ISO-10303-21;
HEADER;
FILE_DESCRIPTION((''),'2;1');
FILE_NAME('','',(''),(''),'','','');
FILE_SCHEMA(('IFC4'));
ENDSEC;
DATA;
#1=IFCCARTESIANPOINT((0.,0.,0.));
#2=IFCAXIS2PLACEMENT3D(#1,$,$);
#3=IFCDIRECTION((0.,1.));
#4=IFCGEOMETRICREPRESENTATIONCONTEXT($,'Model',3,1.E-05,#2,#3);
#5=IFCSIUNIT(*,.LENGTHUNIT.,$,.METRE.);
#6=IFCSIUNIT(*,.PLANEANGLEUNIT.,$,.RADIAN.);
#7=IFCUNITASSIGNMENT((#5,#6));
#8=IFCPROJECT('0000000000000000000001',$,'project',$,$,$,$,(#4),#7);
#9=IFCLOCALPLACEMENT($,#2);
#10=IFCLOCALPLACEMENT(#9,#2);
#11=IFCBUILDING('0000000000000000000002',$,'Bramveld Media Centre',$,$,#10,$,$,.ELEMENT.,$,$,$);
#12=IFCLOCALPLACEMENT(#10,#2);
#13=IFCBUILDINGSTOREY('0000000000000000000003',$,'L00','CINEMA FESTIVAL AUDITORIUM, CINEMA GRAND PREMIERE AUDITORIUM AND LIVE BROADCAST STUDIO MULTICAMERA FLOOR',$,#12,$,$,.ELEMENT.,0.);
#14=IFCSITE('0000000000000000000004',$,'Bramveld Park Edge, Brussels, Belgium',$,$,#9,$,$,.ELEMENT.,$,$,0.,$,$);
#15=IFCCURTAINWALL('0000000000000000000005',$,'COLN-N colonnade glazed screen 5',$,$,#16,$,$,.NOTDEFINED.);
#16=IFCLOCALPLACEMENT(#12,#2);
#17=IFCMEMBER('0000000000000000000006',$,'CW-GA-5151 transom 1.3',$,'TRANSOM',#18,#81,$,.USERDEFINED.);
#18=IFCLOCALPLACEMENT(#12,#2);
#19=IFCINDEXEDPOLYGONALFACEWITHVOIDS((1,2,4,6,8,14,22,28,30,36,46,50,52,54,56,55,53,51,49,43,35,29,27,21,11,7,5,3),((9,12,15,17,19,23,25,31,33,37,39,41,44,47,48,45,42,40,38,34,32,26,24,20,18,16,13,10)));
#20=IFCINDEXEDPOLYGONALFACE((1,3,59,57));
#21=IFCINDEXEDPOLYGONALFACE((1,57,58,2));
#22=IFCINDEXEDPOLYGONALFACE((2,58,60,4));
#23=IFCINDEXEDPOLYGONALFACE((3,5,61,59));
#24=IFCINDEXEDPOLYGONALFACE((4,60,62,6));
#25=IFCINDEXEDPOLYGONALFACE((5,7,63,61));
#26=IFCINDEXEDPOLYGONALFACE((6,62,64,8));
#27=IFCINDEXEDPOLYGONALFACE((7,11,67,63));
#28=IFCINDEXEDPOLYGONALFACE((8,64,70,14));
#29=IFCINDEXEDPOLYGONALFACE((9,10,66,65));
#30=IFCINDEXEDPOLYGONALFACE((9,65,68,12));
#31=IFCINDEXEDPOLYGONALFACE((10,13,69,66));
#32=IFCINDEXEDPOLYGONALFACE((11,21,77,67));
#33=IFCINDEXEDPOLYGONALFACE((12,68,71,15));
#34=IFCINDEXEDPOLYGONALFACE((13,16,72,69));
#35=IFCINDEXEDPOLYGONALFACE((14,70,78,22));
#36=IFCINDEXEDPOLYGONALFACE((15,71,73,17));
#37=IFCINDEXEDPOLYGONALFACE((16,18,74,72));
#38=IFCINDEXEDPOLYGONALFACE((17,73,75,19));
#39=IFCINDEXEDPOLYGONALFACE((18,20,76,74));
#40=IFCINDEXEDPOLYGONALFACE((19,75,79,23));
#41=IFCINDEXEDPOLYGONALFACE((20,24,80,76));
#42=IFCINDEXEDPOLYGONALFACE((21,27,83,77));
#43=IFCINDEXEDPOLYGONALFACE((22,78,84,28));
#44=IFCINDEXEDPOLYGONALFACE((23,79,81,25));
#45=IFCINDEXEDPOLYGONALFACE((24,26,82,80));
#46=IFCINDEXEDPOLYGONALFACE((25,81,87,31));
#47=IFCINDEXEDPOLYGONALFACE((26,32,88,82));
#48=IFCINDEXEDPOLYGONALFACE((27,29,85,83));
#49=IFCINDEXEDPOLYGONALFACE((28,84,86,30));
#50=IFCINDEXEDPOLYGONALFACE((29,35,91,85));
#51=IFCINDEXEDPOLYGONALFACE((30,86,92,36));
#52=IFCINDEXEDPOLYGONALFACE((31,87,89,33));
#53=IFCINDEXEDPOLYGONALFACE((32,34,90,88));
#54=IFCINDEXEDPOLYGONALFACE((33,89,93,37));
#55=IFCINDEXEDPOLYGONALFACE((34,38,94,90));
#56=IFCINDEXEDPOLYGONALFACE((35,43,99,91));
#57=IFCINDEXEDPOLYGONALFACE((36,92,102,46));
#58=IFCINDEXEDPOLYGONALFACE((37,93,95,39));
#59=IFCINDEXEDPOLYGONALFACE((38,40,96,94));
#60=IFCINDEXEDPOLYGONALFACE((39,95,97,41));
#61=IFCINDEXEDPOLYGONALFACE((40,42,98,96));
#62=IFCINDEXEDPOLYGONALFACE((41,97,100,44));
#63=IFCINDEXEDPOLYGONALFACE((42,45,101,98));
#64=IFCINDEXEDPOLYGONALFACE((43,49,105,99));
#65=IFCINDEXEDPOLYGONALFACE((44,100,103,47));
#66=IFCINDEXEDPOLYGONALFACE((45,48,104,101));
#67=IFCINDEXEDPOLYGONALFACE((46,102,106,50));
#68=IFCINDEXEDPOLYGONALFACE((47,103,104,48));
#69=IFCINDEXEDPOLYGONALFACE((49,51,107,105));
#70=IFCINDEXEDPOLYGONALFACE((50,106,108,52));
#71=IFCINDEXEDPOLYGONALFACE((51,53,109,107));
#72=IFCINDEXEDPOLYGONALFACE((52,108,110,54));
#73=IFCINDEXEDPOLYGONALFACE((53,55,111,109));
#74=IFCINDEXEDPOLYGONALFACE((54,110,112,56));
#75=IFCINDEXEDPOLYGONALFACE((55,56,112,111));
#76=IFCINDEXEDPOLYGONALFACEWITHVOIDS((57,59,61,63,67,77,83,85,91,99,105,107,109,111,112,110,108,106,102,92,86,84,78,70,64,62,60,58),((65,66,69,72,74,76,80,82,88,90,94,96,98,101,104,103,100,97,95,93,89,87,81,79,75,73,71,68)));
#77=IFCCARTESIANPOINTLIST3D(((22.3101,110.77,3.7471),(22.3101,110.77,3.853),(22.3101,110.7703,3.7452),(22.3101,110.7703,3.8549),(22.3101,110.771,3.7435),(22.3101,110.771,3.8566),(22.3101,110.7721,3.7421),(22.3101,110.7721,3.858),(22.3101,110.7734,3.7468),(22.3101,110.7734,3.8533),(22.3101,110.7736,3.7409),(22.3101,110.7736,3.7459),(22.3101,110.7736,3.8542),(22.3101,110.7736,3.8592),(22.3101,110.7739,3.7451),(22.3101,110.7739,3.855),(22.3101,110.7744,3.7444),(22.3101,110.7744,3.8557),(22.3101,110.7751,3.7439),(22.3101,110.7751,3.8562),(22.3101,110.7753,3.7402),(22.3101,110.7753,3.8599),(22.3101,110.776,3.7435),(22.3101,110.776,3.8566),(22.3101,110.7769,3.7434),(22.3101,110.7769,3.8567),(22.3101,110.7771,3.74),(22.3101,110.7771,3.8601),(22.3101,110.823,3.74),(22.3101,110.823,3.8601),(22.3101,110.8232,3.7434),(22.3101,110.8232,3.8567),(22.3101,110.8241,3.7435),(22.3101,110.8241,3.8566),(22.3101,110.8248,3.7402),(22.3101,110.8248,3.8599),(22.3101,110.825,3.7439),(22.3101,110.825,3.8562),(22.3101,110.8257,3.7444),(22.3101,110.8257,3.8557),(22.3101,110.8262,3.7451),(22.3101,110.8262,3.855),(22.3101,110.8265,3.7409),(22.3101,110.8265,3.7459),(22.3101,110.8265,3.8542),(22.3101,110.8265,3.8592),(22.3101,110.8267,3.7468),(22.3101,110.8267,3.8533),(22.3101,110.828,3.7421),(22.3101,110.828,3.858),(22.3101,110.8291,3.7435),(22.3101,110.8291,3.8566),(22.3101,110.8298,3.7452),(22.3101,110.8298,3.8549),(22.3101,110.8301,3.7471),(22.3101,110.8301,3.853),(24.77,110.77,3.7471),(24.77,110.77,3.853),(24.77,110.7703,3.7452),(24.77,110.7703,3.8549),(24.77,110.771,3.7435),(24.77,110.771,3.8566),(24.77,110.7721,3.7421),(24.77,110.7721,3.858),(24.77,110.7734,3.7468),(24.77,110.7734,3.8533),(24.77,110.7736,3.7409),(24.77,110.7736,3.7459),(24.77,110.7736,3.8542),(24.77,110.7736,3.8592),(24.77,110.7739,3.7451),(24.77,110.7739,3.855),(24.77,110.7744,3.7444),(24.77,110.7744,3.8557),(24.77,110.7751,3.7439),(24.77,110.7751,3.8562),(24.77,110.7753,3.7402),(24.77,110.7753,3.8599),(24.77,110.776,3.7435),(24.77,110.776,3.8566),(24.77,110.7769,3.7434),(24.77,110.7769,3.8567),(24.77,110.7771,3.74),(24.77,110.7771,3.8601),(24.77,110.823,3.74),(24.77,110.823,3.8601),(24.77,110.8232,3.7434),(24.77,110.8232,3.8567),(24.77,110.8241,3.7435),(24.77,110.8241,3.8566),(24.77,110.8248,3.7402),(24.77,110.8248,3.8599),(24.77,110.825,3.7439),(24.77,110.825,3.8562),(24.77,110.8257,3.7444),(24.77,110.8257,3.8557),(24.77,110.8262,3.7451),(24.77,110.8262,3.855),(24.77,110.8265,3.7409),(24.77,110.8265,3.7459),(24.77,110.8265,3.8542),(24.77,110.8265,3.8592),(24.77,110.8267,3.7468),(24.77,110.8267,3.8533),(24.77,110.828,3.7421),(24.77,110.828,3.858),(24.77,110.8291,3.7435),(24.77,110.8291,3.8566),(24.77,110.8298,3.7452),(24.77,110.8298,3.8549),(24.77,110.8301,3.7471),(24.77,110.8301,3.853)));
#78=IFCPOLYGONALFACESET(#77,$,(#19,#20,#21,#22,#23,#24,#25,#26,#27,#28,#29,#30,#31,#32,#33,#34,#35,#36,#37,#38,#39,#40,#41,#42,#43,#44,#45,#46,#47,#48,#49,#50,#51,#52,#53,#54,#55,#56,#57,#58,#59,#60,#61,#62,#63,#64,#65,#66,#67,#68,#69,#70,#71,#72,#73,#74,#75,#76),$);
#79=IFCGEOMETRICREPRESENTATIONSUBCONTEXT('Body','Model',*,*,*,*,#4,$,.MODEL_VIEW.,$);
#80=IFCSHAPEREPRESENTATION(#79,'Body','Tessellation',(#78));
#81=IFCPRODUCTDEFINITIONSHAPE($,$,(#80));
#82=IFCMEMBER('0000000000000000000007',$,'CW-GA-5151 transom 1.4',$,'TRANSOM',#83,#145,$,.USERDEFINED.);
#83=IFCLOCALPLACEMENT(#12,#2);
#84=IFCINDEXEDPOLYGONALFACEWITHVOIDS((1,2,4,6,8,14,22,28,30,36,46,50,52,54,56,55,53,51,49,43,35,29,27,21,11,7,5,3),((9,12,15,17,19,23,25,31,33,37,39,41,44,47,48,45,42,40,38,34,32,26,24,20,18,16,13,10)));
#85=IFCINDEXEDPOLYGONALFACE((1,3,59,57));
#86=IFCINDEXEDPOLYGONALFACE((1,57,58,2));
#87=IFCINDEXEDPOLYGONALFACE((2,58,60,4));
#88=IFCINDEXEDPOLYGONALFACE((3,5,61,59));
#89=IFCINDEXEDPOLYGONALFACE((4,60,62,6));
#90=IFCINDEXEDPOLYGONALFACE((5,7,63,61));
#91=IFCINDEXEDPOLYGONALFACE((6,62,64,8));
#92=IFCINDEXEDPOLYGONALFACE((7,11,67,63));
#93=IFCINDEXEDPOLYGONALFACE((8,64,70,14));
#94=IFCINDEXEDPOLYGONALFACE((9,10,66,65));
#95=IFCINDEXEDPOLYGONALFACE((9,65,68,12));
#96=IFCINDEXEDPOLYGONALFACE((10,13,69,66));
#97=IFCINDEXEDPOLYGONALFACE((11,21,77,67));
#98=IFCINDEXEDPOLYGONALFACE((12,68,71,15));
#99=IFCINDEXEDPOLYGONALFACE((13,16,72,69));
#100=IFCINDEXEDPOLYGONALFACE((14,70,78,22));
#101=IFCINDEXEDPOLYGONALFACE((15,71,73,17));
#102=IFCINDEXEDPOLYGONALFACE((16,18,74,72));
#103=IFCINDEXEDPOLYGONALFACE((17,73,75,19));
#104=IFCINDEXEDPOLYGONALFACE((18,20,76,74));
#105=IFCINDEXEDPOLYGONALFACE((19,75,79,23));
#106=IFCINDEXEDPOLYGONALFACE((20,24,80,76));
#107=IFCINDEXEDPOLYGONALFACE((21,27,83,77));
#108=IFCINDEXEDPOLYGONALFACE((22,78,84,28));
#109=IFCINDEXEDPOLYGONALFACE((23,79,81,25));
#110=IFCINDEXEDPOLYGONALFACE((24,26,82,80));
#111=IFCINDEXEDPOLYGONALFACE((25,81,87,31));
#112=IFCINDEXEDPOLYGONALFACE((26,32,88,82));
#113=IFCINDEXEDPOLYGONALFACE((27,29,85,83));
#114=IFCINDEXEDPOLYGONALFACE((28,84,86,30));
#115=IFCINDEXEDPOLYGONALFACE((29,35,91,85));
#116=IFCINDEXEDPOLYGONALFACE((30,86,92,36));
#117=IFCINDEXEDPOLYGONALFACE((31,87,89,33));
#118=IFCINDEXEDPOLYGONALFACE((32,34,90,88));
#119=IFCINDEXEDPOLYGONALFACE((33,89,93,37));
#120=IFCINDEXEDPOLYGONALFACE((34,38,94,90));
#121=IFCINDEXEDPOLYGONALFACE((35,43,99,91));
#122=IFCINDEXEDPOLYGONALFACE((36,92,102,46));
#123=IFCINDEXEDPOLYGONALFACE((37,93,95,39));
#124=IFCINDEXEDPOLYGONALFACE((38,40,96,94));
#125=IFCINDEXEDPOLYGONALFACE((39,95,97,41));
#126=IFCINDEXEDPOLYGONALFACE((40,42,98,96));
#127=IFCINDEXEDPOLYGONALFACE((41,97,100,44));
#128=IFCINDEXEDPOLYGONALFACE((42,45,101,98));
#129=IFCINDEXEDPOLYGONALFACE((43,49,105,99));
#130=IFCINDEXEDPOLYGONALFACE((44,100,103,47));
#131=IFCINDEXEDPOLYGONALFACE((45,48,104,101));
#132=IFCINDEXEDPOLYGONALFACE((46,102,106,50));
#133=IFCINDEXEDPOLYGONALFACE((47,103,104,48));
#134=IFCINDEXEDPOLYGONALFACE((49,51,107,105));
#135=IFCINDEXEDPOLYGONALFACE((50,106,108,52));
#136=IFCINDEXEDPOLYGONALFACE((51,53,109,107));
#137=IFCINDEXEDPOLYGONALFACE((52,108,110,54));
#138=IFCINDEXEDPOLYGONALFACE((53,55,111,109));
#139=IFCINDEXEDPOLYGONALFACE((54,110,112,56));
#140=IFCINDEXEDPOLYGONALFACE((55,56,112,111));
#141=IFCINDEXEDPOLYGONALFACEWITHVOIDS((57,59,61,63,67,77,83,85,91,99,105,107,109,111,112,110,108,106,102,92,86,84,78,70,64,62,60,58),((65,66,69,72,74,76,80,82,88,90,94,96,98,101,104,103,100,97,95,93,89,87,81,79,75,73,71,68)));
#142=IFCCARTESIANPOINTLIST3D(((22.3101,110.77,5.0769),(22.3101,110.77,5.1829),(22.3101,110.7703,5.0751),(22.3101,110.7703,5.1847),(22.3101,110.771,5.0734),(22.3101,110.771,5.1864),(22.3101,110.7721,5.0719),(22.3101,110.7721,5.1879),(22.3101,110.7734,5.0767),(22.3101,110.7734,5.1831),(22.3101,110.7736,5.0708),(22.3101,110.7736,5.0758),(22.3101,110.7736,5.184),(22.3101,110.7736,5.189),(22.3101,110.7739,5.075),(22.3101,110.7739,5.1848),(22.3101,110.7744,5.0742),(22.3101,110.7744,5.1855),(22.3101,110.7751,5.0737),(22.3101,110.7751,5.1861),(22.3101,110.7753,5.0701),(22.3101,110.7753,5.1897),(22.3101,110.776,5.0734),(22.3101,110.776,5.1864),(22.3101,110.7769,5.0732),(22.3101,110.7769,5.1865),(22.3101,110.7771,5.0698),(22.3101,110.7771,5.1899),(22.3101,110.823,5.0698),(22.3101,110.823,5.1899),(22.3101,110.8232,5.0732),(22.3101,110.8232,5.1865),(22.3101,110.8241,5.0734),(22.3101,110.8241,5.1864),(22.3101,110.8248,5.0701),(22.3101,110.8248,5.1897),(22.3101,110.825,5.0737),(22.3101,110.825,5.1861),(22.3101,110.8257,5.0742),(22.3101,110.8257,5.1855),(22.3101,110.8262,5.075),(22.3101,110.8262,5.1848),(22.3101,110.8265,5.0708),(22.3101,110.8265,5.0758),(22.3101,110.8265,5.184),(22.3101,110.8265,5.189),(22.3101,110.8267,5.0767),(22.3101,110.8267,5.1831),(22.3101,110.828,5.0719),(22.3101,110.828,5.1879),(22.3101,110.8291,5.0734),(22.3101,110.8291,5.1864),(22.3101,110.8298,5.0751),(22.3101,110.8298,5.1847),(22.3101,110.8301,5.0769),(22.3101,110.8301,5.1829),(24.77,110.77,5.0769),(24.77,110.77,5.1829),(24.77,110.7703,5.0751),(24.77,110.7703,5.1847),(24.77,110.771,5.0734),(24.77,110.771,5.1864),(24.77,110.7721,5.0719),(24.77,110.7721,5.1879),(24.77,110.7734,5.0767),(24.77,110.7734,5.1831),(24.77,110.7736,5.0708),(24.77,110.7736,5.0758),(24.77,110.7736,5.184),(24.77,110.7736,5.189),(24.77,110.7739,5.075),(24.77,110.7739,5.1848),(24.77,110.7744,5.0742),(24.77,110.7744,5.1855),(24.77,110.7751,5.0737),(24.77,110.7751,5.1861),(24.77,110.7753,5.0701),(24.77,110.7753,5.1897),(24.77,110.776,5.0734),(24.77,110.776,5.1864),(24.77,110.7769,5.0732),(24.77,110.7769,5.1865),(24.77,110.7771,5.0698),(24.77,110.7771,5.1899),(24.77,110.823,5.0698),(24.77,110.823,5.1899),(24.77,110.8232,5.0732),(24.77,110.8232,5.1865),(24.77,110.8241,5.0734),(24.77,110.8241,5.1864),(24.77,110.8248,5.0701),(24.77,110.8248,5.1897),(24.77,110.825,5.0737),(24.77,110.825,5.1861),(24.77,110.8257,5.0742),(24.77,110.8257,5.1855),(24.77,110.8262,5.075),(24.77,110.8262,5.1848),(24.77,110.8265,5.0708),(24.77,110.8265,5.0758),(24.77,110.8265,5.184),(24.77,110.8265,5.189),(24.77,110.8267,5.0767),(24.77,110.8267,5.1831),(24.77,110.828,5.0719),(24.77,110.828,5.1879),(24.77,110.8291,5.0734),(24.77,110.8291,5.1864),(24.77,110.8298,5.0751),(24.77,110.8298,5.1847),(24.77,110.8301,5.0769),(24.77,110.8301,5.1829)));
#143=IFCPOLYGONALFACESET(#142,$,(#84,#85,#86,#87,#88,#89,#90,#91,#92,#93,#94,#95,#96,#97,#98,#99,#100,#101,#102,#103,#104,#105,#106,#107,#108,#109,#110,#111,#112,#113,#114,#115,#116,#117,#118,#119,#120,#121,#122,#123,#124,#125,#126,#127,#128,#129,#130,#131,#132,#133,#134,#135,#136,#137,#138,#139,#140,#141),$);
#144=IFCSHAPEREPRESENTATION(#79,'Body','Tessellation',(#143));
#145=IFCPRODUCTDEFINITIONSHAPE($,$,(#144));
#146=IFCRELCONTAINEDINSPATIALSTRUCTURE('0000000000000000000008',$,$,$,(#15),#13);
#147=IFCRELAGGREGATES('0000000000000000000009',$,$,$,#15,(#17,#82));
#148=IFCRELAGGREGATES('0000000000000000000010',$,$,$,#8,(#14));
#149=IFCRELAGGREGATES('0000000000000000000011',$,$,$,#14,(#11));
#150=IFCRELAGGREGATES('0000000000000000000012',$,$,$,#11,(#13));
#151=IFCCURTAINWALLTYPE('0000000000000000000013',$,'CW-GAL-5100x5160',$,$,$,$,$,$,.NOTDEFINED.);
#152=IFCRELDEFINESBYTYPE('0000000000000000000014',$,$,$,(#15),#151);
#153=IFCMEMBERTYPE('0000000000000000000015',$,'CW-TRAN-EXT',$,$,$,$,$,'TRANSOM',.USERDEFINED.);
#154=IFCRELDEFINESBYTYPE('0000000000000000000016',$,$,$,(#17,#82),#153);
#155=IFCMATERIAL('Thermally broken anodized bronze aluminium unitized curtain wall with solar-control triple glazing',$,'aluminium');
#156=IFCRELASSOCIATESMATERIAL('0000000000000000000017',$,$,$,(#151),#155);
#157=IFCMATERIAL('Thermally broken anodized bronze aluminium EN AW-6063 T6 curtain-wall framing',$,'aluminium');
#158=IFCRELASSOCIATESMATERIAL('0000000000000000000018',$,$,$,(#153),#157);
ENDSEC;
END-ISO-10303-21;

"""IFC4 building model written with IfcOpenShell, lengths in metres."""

from ifc_helpers import new_model, si_unit, direction, frame, origin, origin_2d, place, context, subcontext, project, spatial, hollow_rectangle, extrude, material, material_profile, profile_set, type_object, element, aggregate, save


model = new_model("IFC4")

# Units and contexts
model_context = context("Model", 3, precision=1e-05, world=origin(), true_north=direction((0.0, 1.0)))
body_context = subcontext(model_context, "Body", "Model", "MODEL_VIEW")
ifc_project = project(units=[si_unit("LENGTHUNIT", "METRE"), si_unit("PLANEANGLEUNIT", "RADIAN")], contexts=[model_context])

# Site, building, storey
site_placement = place(None, origin())
site = spatial("IfcSite", under=ifc_project, at=site_placement, Name="Bramveld Park Edge, Brussels, Belgium", CompositionType="ELEMENT", RefElevation=0.0)
building_placement = place(site_placement, origin())
building = spatial("IfcBuilding", under=site, at=building_placement, Name="Bramveld Media Centre", CompositionType="ELEMENT")
storey_placement = place(building_placement, origin())
storey = spatial("IfcBuildingStorey", under=building, at=storey_placement, Name="L00", Description="CINEMA FESTIVAL AUDITORIUM, CINEMA GRAND PREMIERE AUDITORIUM AND LIVE BROADCAST STUDIO MULTICAMERA FLOOR", CompositionType="ELEMENT", Elevation=0.0)

# Shared definitions
ifc_material_1 = material(Name="Thermally broken anodized bronze aluminium unitized curtain wall with solar-control triple glazing", Category="aluminium")
curtain_wall_type = type_object("IfcCurtainWallType", Name="CW-GAL-5100x5160", PredefinedType="NOTDEFINED", material=ifc_material_1)

# Curtain wall
curtain_wall_1_placement = place(storey_placement, origin())
curtain_wall_1 = element("IfcCurtainWall", 1, at=curtain_wall_1_placement, inside=storey, type_object=curtain_wall_type, Name="COLN-N colonnade glazed screen 5", PredefinedType="NOTDEFINED")

# Members
ifc_material_2 = material(Name="Thermally broken anodized bronze aluminium EN AW-6063 T6 curtain-wall framing", Category="aluminium")
ifc_material_profile_1 = material_profile(ifc_material_2, hollow_rectangle(XDim=0.0601, YDim=0.1201, WallThickness=0.0034, InnerFilletRadius=0.0034, OuterFilletRadius=0.0071, at=origin_2d()), Name="AL-TRAN 60x120")
ifc_profile_set_1 = profile_set([ifc_material_profile_1], Name="Thermally broken anodized bronze aluminium EN AW-6063 T6 curtain-wall framing")
member_type_1 = type_object("IfcMemberType", Name="CW-TRAN-EXT", ElementType="TRANSOM", PredefinedType="USERDEFINED", material=ifc_profile_set_1)
member_1_placement = place(storey_placement, frame((22.3101, 110.8, 3.8), z_axis=(1.0, 0.0, 0.0), x_axis=(0.0, 1.0, 0.0)))
member_1 = element("IfcMember", 2, at=member_1_placement, type_object=member_type_1, Name="CW-GA-5151 transom 1.3", ObjectType="TRANSOM", PredefinedType="USERDEFINED", context=body_context, shape_type="SweptSolid", body=[
    extrude(hollow_rectangle(XDim=0.0601, YDim=0.1201, WallThickness=0.0034, InnerFilletRadius=0.0034, OuterFilletRadius=0.0071, at=origin_2d()), origin(), (0.0, 0.0, 1.0), 2.46),
])
member_2_placement = place(storey_placement, frame((22.3101, 110.8, 5.1299), z_axis=(1.0, 0.0, 0.0), x_axis=(0.0, 1.0, 0.0)))
member_2 = element("IfcMember", 3, at=member_2_placement, type_object=member_type_1, Name="CW-GA-5151 transom 1.4", ObjectType="TRANSOM", PredefinedType="USERDEFINED", context=body_context, shape_type="SweptSolid", body=[
    extrude(hollow_rectangle(XDim=0.0601, YDim=0.1201, WallThickness=0.0034, InnerFilletRadius=0.0034, OuterFilletRadius=0.0071, at=origin_2d()), origin(), (0.0, 0.0, 1.0), 2.46),
])

aggregate(curtain_wall_1, [member_1, member_2])

save(model, "model.ifc")
